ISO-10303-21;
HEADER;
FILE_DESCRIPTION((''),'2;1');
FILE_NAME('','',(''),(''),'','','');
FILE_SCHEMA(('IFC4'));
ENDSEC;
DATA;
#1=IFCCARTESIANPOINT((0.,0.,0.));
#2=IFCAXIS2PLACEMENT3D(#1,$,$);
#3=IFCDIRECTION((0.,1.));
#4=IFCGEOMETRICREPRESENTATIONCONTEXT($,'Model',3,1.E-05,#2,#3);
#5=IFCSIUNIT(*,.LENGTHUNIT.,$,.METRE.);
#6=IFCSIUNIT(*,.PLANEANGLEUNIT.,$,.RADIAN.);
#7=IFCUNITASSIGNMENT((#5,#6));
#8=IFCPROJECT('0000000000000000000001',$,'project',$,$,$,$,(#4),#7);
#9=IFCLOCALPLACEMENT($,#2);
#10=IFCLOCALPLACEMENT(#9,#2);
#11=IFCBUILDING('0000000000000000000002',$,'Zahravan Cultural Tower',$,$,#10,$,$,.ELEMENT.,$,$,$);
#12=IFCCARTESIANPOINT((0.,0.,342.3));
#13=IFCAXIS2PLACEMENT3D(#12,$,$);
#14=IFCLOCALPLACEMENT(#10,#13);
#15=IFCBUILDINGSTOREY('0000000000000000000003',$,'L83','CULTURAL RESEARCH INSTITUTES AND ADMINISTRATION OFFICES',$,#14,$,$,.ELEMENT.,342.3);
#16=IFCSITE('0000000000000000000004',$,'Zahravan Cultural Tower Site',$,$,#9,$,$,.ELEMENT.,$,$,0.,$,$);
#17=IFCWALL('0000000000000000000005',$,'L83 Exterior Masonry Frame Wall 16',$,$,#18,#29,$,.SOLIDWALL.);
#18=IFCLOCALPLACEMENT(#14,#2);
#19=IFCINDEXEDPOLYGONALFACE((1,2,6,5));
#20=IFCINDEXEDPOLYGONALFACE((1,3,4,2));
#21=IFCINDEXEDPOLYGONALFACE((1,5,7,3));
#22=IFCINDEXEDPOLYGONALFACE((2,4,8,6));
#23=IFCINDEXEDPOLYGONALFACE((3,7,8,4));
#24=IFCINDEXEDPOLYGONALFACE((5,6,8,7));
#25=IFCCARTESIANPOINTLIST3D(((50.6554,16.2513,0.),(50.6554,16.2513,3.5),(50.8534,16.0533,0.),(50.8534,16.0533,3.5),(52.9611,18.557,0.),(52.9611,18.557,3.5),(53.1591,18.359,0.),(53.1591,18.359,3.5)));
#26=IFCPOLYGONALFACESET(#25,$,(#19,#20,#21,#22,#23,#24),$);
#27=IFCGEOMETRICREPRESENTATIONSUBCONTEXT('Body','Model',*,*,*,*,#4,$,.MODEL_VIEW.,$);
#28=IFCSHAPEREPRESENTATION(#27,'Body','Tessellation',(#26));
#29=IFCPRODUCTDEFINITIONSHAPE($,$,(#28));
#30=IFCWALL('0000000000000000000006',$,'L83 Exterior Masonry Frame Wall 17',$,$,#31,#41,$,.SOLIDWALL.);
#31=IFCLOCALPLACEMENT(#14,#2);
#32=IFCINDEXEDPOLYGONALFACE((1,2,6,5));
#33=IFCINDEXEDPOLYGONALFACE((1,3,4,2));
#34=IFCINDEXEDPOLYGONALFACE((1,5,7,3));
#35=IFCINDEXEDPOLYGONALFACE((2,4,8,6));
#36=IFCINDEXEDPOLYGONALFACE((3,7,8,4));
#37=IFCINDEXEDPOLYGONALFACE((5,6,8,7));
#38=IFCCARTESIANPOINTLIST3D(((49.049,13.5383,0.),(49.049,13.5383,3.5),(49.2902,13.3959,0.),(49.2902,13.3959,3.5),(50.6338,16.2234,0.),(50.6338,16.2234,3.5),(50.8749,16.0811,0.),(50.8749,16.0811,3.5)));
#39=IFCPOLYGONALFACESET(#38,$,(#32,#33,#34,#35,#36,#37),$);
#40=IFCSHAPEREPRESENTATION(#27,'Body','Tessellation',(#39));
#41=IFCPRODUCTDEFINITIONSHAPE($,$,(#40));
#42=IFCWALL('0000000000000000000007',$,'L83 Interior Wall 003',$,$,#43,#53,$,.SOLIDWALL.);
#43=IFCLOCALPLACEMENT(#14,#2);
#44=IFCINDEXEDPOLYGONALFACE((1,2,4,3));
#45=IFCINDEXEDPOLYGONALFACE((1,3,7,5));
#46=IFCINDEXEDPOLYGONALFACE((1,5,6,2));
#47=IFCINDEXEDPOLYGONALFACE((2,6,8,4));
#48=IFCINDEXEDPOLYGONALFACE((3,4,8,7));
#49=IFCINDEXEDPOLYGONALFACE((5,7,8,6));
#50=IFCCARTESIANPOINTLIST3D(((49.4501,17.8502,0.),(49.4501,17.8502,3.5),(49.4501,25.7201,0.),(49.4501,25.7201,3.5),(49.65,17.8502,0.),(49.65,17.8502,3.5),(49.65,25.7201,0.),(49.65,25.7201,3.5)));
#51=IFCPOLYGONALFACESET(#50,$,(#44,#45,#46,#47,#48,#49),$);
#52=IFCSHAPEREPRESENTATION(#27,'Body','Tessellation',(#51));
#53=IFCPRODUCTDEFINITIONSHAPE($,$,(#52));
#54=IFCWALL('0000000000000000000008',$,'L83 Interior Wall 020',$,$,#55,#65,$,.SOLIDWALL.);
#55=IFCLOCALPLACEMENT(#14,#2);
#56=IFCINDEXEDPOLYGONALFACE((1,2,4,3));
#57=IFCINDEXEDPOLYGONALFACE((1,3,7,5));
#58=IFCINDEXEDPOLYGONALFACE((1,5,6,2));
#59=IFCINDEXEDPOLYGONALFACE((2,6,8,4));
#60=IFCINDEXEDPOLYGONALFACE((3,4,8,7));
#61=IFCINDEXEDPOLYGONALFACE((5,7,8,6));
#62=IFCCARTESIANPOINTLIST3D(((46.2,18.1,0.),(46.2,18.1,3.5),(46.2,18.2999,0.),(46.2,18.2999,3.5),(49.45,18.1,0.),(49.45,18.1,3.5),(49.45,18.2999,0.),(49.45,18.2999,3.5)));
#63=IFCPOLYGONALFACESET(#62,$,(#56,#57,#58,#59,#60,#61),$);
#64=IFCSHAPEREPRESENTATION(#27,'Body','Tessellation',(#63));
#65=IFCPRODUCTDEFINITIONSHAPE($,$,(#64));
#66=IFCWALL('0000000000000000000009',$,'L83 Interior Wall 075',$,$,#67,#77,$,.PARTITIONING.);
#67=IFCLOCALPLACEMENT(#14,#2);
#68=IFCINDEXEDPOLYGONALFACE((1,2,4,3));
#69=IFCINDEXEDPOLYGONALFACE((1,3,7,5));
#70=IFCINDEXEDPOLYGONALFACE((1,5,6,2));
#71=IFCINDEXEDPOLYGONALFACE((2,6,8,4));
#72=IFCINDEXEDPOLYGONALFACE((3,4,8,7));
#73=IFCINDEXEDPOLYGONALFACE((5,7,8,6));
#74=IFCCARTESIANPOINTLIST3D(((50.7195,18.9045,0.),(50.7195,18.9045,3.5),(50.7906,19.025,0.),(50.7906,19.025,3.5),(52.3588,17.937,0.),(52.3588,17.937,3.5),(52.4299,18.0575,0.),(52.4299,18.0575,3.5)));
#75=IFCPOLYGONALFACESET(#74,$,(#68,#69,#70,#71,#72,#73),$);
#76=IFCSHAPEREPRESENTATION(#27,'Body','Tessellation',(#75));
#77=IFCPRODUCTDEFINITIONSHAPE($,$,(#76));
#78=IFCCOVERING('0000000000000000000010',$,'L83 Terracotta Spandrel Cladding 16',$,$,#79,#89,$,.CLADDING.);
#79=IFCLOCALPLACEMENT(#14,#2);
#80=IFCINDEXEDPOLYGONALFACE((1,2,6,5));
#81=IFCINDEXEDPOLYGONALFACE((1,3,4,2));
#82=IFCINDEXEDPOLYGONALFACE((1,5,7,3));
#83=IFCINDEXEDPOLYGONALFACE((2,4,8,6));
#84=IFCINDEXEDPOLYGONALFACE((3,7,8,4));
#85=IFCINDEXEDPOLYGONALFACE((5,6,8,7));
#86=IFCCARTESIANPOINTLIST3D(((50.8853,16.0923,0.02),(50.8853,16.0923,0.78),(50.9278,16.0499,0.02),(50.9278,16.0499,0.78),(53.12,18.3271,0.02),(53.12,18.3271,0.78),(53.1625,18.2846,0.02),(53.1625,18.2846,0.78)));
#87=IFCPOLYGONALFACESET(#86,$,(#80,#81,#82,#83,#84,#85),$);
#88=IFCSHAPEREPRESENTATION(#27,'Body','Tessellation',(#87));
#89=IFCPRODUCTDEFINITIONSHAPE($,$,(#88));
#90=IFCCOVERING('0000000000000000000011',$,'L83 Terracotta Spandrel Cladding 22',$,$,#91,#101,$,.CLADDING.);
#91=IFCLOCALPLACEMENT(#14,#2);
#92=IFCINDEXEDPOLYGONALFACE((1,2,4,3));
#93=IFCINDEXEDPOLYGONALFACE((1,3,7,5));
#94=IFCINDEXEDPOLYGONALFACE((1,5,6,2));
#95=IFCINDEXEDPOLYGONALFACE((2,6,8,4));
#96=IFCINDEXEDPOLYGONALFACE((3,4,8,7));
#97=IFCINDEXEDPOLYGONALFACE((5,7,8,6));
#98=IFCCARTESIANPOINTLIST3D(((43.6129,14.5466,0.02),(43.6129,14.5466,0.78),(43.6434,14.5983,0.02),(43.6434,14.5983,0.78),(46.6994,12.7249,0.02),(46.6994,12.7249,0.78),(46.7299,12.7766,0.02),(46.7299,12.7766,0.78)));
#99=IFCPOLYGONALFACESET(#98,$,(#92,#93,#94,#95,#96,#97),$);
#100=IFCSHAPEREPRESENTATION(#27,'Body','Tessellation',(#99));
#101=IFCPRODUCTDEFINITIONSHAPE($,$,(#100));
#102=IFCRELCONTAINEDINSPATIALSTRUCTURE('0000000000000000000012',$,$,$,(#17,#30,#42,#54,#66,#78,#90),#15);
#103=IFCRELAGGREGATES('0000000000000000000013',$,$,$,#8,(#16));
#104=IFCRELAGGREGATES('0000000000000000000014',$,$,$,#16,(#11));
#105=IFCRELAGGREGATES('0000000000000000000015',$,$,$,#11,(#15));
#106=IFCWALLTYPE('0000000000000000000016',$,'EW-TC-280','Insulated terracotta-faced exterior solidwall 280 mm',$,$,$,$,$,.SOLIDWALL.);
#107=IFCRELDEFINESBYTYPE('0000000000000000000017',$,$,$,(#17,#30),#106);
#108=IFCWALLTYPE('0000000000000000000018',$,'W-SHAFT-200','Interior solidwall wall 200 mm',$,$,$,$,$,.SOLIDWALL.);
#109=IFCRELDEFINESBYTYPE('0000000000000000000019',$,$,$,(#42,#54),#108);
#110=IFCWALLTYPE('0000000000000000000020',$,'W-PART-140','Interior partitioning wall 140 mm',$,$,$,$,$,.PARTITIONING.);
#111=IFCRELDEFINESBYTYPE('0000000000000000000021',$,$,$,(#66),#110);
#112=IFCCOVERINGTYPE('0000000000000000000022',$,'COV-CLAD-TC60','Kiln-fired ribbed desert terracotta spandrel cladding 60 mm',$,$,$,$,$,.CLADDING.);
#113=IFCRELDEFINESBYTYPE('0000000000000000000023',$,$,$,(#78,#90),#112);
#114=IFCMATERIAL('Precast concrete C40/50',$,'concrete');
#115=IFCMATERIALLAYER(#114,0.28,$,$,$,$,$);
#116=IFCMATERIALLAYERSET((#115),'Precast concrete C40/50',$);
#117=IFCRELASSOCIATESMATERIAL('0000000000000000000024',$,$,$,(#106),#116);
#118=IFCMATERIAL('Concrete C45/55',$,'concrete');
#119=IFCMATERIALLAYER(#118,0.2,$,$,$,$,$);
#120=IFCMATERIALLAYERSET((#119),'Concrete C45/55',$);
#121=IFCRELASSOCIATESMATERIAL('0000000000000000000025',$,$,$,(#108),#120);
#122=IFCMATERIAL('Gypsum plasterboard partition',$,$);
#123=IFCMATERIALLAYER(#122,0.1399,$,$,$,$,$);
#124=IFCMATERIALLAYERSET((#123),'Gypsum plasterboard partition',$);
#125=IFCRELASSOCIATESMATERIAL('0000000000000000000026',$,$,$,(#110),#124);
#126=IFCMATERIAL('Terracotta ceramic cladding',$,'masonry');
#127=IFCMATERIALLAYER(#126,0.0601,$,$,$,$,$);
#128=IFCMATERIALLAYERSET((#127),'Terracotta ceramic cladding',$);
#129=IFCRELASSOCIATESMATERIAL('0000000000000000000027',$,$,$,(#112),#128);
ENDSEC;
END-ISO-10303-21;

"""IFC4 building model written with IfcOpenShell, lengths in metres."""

from ifc_helpers import new_model, si_unit, direction, frame, frame_2d, origin, origin_2d, place, context, subcontext, project, spatial, rectangle, extrude, source, transform, mapped, material, layer, layer_set, type_object, element, save


model = new_model("IFC4")

# Units and contexts
model_context = context("Model", 3, precision=1e-05, world=origin(), true_north=direction((0.0, 1.0)))
body_context = subcontext(model_context, "Body", "Model", "MODEL_VIEW")
ifc_project = project(units=[si_unit("LENGTHUNIT", "METRE"), si_unit("PLANEANGLEUNIT", "RADIAN")], contexts=[model_context])

# Site, building, storey
site_placement = place(None, origin())
site = spatial("IfcSite", under=ifc_project, at=site_placement, Name="Zahravan Cultural Tower Site", CompositionType="ELEMENT", RefElevation=0.0)
building_placement = place(site_placement, origin())
building = spatial("IfcBuilding", under=site, at=building_placement, Name="Zahravan Cultural Tower", CompositionType="ELEMENT")
storey_placement = place(building_placement, frame((0.0, 0.0, 342.3)))
storey = spatial("IfcBuildingStorey", under=building, at=storey_placement, Name="L83", Description="CULTURAL RESEARCH INSTITUTES AND ADMINISTRATION OFFICES", CompositionType="ELEMENT", Elevation=342.3)

# Shared definitions
ifc_material_1 = material(Name="Precast concrete C40/50", Category="concrete")
ifc_layer_1 = layer(ifc_material_1, 0.28)
ifc_layer_set_1 = layer_set([ifc_layer_1], Name="Precast concrete C40/50")
wall_type_1 = type_object("IfcWallType", Name="EW-TC-280", Description="Insulated terracotta-faced exterior solidwall 280 mm", PredefinedType="SOLIDWALL", material=ifc_layer_set_1)

# Shared definitions
ifc_material_2 = material(Name="Concrete C45/55", Category="concrete")
ifc_layer_2 = layer(ifc_material_2, 0.2)
ifc_layer_set_2 = layer_set([ifc_layer_2], Name="Concrete C45/55")
wall_type_2 = type_object("IfcWallType", Name="W-SHAFT-200", Description="Interior solidwall wall 200 mm", PredefinedType="SOLIDWALL", material=ifc_layer_set_2)

# Walls
shared_shape_1 = source(origin(), body_context, "Body", "SweptSolid", [
    extrude(rectangle(XDim=3.2607, YDim=0.28, at=frame_2d((1.6304, 0.0))), origin(), (0.0, 0.0, 1.0), 3.5),
])
wall_1_placement = place(storey_placement, frame((53.0601, 18.458, 0.0), z_axis=(0.0, 0.0, 1.0), x_axis=(-0.707107, -0.707107, 0.0)))
element("IfcWall", 1, at=wall_1_placement, inside=storey, type_object=wall_type_1, Name="L83 Exterior Masonry Frame Wall 16", PredefinedType="SOLIDWALL", context=body_context, shape_type="MappedRepresentation", body=[
    mapped(shared_shape_1, transform((0.0, 0.0, 0.0), x_axis=(1.0, 0.0, 0.0), y_axis=(0.0, 1.0, 0.0), z_axis=(0.0, 0.0, 1.0), scale=1.0)),
])
shared_shape_2 = source(origin(), body_context, "Body", "SweptSolid", [
    extrude(rectangle(XDim=3.1179, YDim=0.28, at=frame_2d((1.5591, 0.0))), origin(), (0.0, 0.0, 1.0), 3.5),
])
wall_2_placement = place(storey_placement, frame((50.7544, 16.1523, 0.0), z_axis=(0.0, 0.0, 1.0), x_axis=(-0.508275, -0.861195, 0.0)))
element("IfcWall", 2, at=wall_2_placement, inside=storey, type_object=wall_type_1, Name="L83 Exterior Masonry Frame Wall 17", PredefinedType="SOLIDWALL", context=body_context, shape_type="MappedRepresentation", body=[
    mapped(shared_shape_2, transform((0.0, 0.0, 0.0), x_axis=(1.0, 0.0, 0.0), y_axis=(0.0, 1.0, 0.0), z_axis=(0.0, 0.0, 1.0), scale=1.0)),
])
shared_shape_3 = source(origin(), body_context, "Body", "SweptSolid", [
    extrude(rectangle(XDim=7.8699, YDim=0.2, at=frame_2d((3.9351, 0.0))), origin(), (0.0, 0.0, 1.0), 3.5),
])
wall_3_placement = place(storey_placement, frame((49.55, 17.8501, 0.0), z_axis=(0.0, 0.0, 1.0), x_axis=(0.0, 1.0, 0.0)))
element("IfcWall", 3, at=wall_3_placement, inside=storey, type_object=wall_type_2, Name="L83 Interior Wall 003", PredefinedType="SOLIDWALL", context=body_context, shape_type="MappedRepresentation", body=[
    mapped(shared_shape_3, transform((0.0, 0.0, 0.0), x_axis=(1.0, 0.0, 0.0), y_axis=(0.0, 1.0, 0.0), z_axis=(0.0, 0.0, 1.0), scale=1.0)),
])
shared_shape_4 = source(origin(), body_context, "Body", "SweptSolid", [
    extrude(rectangle(XDim=3.25, YDim=0.2, at=frame_2d((1.625, 0.0))), origin(), (0.0, 0.0, 1.0), 3.5),
])
wall_4_placement = place(storey_placement, frame((46.2, 18.2, 0.0), z_axis=(0.0, 0.0, 1.0), x_axis=(1.0, 0.0, 0.0)))
element("IfcWall", 4, at=wall_4_placement, inside=storey, type_object=wall_type_2, Name="L83 Interior Wall 020", PredefinedType="SOLIDWALL", context=body_context, shape_type="MappedRepresentation", body=[
    mapped(shared_shape_4, transform((0.0, 0.0, 0.0), x_axis=(1.0, 0.0, 0.0), y_axis=(0.0, 1.0, 0.0), z_axis=(0.0, 0.0, 1.0), scale=1.0)),
])
ifc_material_3 = material(Name="Gypsum plasterboard partition")
ifc_layer_3 = layer(ifc_material_3, 0.1399)
ifc_layer_set_3 = layer_set([ifc_layer_3], Name="Gypsum plasterboard partition")
wall_type_3 = type_object("IfcWallType", Name="W-PART-140", Description="Interior partitioning wall 140 mm", PredefinedType="PARTITIONING", material=ifc_layer_set_3)
shared_shape_5 = source(origin(), body_context, "Body", "SweptSolid", [
    extrude(rectangle(XDim=1.9036, YDim=0.1399, at=frame_2d((0.9517, 0.0))), origin(), (0.0, 0.0, 1.0), 3.5),
])
wall_5_placement = place(storey_placement, frame((52.3943, 17.9973, 0.0), z_axis=(0.0, 0.0, 1.0), x_axis=(-0.861205, 0.508258, 0.0)))
element("IfcWall", 5, at=wall_5_placement, inside=storey, type_object=wall_type_3, Name="L83 Interior Wall 075", PredefinedType="PARTITIONING", context=body_context, shape_type="MappedRepresentation", body=[
    mapped(shared_shape_5, transform((0.0, 0.0, 0.0), x_axis=(1.0, 0.0, 0.0), y_axis=(0.0, 1.0, 0.0), z_axis=(0.0, 0.0, 1.0), scale=1.0)),
])

# Coverings
ifc_material_4 = material(Name="Terracotta ceramic cladding", Category="masonry")
ifc_layer_4 = layer(ifc_material_4, 0.0601)
ifc_layer_set_4 = layer_set([ifc_layer_4], Name="Terracotta ceramic cladding")
covering_type = type_object("IfcCoveringType", Name="COV-CLAD-TC60", Description="Kiln-fired ribbed desert terracotta spandrel cladding 60 mm", PredefinedType="CLADDING", material=ifc_layer_set_4)
shared_shape_6 = source(origin(), body_context, "Body", "SweptSolid", [
    extrude(rectangle(XDim=3.1604, YDim=0.0601, at=origin_2d()), origin(), (0.0, 0.0, 1.0), 0.76),
])
covering_1_placement = place(storey_placement, frame((52.0239, 17.1885, 0.02), z_axis=(0.0, 0.0, 1.0), x_axis=(-0.707094, -0.707119, 0.0)))
element("IfcCovering", 6, at=covering_1_placement, inside=storey, type_object=covering_type, Name="L83 Terracotta Spandrel Cladding 16", PredefinedType="CLADDING", context=body_context, shape_type="MappedRepresentation", body=[
    mapped(shared_shape_6, transform((0.0, 0.0, 0.0), x_axis=(1.0, 0.0, 0.0), y_axis=(0.0, 1.0, 0.0), z_axis=(0.0, 0.0, 1.0), scale=1.0)),
])
shared_shape_7 = source(origin(), body_context, "Body", "SweptSolid", [
    extrude(rectangle(XDim=3.584, YDim=0.0601, at=origin_2d()), origin(), (0.0, 0.0, 1.0), 0.76),
])
covering_2_placement = place(storey_placement, frame((45.1714, 13.6616, 0.02), z_axis=(0.0, 0.0, 1.0), x_axis=(-0.861186, 0.50829, 0.0)))
element("IfcCovering", 7, at=covering_2_placement, inside=storey, type_object=covering_type, Name="L83 Terracotta Spandrel Cladding 22", PredefinedType="CLADDING", context=body_context, shape_type="MappedRepresentation", body=[
    mapped(shared_shape_7, transform((0.0, 0.0, 0.0), x_axis=(1.0, 0.0, 0.0), y_axis=(0.0, 1.0, 0.0), z_axis=(0.0, 0.0, 1.0), scale=1.0)),
])

save(model, "model.ifc")
